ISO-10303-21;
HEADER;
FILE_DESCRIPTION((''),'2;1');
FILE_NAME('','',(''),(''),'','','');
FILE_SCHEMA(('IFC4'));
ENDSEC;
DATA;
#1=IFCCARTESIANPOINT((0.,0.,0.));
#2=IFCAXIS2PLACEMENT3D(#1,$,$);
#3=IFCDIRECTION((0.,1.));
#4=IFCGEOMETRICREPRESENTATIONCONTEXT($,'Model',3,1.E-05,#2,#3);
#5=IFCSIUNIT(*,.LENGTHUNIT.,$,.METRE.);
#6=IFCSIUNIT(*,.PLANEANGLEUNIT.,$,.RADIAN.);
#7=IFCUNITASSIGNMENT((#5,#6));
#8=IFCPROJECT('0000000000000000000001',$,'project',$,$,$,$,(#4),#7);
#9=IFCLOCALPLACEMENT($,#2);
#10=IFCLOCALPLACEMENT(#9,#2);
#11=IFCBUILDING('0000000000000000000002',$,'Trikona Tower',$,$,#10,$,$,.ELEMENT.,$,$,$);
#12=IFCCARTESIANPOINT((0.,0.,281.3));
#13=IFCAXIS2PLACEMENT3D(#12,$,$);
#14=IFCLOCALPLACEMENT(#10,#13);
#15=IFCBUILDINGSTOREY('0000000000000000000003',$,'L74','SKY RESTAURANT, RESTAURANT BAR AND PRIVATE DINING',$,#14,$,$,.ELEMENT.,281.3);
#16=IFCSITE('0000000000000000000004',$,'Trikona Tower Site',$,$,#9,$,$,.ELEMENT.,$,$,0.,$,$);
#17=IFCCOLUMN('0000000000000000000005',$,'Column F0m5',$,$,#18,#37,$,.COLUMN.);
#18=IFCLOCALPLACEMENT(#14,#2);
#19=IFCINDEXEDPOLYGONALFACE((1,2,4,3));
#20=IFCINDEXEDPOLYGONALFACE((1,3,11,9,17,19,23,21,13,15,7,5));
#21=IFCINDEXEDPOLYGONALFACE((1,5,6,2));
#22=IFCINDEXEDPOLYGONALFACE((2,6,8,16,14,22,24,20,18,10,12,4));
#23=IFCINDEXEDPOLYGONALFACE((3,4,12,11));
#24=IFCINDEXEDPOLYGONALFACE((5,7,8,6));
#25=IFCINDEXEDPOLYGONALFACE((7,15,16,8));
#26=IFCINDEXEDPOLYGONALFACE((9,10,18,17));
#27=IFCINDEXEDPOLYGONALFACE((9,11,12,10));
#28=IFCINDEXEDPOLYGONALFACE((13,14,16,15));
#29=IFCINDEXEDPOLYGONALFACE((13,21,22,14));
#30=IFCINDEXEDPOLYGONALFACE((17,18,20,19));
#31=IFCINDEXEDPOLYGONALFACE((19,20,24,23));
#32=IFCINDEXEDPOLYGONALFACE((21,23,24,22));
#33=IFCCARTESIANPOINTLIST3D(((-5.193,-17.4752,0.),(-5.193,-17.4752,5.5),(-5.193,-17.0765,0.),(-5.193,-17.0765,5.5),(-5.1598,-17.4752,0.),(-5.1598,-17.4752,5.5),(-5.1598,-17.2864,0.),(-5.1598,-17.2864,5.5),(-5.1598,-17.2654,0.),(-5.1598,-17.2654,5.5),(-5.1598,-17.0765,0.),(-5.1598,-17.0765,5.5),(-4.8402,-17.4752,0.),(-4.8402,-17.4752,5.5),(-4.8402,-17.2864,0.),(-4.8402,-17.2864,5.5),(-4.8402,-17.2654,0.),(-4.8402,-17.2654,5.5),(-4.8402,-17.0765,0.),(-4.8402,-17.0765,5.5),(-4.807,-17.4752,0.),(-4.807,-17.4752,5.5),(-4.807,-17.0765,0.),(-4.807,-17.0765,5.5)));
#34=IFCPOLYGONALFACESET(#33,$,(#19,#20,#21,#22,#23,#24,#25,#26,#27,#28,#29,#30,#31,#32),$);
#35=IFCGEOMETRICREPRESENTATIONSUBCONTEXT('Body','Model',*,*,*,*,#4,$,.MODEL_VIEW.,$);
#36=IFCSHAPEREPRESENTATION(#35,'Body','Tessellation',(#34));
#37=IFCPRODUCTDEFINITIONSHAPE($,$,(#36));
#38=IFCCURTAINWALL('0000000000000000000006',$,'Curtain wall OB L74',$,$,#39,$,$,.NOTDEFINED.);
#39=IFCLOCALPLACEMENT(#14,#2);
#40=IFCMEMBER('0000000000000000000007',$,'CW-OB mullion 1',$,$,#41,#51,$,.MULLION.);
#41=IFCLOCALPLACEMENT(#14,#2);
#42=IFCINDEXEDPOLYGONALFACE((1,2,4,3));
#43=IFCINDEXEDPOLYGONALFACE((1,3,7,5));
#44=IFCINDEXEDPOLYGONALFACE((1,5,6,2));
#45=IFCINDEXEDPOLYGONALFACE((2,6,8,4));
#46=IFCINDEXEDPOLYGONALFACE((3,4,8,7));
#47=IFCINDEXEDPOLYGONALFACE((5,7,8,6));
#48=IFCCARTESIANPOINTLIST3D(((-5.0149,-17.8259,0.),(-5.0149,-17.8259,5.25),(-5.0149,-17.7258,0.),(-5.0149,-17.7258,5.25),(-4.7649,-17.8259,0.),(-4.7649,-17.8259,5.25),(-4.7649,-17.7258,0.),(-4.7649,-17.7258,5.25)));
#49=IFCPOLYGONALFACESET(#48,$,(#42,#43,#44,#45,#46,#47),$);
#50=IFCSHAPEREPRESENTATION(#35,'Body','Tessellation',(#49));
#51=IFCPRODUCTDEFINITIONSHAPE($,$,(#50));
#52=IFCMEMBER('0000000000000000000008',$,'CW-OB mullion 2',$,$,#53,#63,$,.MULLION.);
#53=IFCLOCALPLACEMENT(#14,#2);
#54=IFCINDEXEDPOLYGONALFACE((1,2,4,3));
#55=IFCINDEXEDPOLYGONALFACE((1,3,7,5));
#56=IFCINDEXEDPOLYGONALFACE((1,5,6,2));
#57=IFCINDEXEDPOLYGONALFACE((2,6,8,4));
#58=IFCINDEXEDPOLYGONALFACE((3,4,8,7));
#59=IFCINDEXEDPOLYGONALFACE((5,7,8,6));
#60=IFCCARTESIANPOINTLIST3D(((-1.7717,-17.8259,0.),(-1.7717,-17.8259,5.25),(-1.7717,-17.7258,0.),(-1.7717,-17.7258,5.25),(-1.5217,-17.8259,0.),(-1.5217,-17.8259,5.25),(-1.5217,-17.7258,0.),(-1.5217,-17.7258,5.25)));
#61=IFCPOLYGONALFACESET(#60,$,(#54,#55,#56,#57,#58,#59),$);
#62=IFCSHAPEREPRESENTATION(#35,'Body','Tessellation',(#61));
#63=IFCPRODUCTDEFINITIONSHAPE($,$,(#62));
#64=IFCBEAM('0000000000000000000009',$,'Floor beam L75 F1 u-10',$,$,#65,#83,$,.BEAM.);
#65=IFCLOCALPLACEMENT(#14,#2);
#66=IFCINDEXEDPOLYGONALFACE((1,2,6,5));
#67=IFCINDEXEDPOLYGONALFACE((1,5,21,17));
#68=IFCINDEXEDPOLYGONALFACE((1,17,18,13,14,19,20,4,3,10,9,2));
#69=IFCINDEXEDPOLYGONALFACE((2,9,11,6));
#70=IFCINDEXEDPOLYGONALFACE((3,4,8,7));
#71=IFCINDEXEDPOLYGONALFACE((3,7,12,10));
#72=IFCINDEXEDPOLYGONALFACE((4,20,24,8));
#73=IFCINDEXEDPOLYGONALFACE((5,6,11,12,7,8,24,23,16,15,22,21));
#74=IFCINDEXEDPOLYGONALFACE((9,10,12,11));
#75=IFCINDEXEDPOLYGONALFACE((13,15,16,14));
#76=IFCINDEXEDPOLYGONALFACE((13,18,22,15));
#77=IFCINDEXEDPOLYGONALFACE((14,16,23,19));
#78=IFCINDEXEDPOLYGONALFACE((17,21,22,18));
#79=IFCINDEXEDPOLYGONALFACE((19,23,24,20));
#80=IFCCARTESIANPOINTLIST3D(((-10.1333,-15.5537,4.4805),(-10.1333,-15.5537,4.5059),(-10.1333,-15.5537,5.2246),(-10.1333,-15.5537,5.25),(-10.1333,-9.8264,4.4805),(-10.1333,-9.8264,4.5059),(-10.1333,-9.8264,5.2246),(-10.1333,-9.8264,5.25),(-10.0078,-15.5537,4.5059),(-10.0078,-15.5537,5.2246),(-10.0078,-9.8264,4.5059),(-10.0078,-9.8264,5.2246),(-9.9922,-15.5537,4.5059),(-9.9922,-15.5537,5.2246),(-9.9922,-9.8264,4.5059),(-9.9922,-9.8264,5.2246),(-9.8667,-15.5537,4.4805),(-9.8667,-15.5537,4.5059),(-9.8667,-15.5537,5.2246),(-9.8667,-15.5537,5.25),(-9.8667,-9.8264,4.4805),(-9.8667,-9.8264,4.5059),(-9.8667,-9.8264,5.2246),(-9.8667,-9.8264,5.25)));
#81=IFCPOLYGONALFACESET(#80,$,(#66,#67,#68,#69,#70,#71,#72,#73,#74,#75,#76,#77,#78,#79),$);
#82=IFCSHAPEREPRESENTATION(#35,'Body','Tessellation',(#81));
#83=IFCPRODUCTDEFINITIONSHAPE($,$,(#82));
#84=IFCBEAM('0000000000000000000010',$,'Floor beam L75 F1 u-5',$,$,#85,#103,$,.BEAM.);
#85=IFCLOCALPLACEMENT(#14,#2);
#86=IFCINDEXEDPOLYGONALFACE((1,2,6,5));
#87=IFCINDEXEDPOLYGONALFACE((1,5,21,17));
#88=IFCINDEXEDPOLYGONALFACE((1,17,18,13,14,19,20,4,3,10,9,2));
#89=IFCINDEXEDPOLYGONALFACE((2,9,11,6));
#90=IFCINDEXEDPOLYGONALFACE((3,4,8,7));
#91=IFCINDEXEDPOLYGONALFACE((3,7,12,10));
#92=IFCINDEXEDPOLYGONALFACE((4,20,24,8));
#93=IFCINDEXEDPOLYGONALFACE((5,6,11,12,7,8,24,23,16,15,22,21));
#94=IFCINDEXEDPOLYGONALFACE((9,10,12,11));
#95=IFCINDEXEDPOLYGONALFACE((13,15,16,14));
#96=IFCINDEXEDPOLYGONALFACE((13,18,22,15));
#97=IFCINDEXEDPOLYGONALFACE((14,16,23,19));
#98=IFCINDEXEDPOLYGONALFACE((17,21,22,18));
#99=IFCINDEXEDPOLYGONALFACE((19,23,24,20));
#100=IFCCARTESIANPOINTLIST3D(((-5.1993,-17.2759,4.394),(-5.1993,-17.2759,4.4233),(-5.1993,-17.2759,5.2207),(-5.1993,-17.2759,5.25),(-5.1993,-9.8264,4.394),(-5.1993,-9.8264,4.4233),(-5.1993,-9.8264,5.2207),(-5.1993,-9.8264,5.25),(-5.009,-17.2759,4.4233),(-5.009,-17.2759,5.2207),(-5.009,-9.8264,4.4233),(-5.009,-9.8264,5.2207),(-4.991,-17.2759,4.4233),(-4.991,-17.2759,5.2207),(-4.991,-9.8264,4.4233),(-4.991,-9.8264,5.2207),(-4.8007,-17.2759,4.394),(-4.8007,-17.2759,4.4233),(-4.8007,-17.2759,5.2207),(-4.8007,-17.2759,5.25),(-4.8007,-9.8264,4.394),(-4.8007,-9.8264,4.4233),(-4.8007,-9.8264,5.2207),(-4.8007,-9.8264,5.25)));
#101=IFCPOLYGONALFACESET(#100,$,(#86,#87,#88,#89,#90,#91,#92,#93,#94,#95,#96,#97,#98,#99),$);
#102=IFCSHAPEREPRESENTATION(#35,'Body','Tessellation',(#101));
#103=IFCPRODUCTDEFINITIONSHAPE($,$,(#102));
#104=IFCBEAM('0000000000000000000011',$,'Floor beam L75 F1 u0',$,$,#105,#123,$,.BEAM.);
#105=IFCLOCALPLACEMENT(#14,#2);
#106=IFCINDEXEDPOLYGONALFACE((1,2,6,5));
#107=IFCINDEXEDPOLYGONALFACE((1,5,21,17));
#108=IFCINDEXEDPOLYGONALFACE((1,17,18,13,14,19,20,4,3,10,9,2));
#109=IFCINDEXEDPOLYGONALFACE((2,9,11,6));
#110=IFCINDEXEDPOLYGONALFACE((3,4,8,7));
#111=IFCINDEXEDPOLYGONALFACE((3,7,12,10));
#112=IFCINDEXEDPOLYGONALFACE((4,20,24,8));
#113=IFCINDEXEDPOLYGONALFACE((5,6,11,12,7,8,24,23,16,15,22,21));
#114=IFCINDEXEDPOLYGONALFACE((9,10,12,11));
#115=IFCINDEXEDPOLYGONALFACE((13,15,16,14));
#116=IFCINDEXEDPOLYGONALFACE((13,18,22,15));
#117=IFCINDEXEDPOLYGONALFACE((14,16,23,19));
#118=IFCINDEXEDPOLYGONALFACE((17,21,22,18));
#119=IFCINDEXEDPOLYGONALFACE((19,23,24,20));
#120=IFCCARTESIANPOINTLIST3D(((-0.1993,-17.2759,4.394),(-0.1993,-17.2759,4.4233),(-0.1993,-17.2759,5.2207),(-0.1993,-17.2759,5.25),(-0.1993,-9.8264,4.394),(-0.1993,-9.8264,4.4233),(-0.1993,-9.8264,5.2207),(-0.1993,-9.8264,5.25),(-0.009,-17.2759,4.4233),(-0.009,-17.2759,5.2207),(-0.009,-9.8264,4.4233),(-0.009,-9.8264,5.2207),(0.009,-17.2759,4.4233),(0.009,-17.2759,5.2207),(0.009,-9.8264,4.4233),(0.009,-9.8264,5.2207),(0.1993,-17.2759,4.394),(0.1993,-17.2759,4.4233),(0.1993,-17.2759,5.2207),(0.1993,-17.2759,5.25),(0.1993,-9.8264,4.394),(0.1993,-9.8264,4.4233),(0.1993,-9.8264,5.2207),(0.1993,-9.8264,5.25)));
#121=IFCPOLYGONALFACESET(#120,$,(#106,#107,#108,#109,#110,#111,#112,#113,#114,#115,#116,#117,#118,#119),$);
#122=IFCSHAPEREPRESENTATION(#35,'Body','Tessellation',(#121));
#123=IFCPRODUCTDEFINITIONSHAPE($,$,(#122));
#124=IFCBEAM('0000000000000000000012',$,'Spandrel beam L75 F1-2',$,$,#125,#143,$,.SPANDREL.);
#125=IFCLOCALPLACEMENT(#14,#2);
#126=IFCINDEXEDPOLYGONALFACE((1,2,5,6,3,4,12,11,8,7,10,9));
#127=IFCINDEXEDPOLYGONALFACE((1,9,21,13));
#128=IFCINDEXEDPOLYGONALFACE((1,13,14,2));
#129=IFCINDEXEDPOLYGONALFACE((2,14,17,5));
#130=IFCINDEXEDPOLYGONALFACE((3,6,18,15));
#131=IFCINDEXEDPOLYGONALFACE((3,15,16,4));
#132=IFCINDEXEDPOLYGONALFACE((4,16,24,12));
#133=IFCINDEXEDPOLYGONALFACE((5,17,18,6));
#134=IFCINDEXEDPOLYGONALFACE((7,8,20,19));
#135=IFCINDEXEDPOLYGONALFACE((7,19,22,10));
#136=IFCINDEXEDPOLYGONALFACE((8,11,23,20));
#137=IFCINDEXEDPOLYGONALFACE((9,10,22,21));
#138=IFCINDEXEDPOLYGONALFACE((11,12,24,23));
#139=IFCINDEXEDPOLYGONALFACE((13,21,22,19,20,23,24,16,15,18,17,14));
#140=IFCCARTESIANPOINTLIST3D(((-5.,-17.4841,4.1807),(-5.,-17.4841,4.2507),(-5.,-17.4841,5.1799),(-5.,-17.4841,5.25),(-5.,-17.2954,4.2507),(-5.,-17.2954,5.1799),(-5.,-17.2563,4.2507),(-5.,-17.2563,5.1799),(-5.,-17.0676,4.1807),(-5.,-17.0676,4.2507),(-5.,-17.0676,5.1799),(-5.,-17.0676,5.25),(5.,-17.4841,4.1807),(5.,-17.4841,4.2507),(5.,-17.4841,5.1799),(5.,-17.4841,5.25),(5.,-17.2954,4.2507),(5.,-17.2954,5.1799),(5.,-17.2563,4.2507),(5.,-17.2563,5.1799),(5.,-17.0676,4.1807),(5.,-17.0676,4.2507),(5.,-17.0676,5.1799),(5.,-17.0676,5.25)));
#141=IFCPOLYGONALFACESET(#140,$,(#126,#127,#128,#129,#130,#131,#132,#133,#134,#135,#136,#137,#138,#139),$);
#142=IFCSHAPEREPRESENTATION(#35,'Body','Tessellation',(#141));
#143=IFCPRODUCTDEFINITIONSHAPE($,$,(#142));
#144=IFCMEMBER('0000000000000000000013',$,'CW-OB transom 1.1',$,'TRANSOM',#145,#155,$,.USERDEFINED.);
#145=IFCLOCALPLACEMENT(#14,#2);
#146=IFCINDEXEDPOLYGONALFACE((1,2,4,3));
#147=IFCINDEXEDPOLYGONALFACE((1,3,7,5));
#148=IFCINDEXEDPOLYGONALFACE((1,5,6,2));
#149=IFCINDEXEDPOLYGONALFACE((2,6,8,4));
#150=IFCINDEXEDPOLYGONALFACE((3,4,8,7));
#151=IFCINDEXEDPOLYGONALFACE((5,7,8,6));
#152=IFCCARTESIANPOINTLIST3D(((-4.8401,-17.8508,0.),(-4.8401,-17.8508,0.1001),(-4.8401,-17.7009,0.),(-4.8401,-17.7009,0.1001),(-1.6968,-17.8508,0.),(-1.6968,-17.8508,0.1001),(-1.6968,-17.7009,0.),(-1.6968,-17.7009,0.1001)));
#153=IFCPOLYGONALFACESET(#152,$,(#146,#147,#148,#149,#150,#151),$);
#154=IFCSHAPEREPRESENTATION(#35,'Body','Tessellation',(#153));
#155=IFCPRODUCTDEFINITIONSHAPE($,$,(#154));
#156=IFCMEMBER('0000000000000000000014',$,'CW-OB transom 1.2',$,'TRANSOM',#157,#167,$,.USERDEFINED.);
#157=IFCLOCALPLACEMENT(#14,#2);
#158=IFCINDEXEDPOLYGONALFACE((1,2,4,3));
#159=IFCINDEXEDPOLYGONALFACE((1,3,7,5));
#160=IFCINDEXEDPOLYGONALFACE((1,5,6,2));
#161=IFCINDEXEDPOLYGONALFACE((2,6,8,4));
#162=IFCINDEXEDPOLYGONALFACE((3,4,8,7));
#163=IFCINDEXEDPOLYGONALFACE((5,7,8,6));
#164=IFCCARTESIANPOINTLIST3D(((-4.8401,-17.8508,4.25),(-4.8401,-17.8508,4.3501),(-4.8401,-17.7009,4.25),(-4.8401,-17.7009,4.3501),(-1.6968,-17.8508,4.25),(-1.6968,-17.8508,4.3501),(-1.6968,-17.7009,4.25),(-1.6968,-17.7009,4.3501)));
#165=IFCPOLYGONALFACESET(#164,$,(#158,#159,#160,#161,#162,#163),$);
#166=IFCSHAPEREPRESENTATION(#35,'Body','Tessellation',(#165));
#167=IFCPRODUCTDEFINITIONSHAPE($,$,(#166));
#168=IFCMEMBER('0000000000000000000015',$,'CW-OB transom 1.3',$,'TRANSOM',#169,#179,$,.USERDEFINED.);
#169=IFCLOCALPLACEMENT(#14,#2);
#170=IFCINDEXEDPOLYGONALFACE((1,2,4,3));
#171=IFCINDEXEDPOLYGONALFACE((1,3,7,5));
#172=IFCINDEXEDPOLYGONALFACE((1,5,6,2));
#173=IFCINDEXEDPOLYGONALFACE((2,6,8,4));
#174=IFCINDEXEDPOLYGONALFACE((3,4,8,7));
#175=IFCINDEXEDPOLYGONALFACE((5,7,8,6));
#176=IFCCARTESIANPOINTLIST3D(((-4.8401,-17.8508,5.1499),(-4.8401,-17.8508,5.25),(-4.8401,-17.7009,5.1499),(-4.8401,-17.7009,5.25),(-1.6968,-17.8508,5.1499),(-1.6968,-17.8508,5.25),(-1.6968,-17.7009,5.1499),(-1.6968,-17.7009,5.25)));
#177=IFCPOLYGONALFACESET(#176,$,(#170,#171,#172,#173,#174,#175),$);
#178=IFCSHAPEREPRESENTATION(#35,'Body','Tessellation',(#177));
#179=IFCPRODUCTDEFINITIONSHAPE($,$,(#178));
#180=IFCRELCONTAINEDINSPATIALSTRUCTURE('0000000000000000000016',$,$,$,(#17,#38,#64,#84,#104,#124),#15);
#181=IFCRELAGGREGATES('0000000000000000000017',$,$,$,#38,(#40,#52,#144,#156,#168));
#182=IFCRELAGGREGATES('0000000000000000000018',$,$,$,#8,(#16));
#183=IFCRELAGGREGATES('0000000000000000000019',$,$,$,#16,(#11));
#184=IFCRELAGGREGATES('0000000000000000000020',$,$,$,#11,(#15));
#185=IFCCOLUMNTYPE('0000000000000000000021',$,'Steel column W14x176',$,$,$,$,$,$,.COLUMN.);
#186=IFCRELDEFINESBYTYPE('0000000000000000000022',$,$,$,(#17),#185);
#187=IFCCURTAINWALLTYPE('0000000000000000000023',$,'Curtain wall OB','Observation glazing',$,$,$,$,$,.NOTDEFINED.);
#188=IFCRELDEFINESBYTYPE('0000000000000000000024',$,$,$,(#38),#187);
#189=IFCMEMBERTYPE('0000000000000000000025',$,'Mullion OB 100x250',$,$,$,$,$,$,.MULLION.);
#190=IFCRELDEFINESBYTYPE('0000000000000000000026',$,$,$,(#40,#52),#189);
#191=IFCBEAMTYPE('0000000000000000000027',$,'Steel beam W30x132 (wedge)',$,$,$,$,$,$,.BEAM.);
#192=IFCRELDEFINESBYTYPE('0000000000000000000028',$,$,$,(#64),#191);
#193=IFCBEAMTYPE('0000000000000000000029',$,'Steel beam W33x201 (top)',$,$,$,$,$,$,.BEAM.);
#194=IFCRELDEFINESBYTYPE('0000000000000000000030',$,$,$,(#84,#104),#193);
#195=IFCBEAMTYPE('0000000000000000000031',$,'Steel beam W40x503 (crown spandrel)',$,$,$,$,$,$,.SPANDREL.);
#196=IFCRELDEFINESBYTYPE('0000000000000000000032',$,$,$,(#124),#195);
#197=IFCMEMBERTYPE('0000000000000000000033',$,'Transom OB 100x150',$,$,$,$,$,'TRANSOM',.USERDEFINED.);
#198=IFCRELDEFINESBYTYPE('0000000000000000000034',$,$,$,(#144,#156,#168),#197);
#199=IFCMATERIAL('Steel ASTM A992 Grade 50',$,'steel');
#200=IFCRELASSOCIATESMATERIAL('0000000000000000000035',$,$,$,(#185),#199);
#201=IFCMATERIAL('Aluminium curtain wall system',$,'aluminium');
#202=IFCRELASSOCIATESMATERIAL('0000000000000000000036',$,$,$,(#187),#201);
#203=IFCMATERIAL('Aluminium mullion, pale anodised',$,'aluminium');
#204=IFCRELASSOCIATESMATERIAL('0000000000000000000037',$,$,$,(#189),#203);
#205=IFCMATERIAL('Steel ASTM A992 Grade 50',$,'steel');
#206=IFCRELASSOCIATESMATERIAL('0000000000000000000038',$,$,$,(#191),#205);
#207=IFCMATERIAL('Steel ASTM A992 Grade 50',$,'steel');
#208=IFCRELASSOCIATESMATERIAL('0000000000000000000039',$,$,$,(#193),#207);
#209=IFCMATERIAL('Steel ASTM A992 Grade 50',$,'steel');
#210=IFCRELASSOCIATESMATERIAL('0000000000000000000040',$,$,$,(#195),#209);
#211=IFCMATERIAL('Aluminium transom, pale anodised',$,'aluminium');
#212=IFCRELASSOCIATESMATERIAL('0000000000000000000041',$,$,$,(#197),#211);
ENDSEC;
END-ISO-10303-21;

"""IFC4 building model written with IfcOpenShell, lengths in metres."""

from ifc_helpers import new_model, si_unit, direction, frame, origin, origin_2d, place, context, subcontext, project, spatial, rectangle, i_section, extrude, material, material_profile, profile_set, type_object, element, aggregate, save


model = new_model("IFC4")

# Units and contexts
model_context = context("Model", 3, precision=1e-05, world=origin(), true_north=direction((0.0, 1.0)))
body_context = subcontext(model_context, "Body", "Model", "MODEL_VIEW")
ifc_project = project(units=[si_unit("LENGTHUNIT", "METRE"), si_unit("PLANEANGLEUNIT", "RADIAN")], contexts=[model_context])

# Site, building, storey
site_placement = place(None, origin())
site = spatial("IfcSite", under=ifc_project, at=site_placement, Name="Trikona Tower Site", CompositionType="ELEMENT", RefElevation=0.0)
building_placement = place(site_placement, origin())
building = spatial("IfcBuilding", under=site, at=building_placement, Name="Trikona Tower", CompositionType="ELEMENT")
storey_placement = place(building_placement, frame((0.0, 0.0, 281.3)))
storey = spatial("IfcBuildingStorey", under=building, at=storey_placement, Name="L74", Description="SKY RESTAURANT, RESTAURANT BAR AND PRIVATE DINING", CompositionType="ELEMENT", Elevation=281.3)

# Column
ifc_material_1 = material(Name="Steel ASTM A992 Grade 50", Category="steel")
ifc_material_profile_1 = material_profile(ifc_material_1, i_section(OverallWidth=0.3987, OverallDepth=0.386, WebThickness=0.021, FlangeThickness=0.0332, at=origin_2d()), Name="W14X176")
ifc_profile_set_1 = profile_set([ifc_material_profile_1], Name="Steel ASTM A992 Grade 50")
column_type = type_object("IfcColumnType", Name="Steel column W14x176", PredefinedType="COLUMN", material=ifc_profile_set_1)
column_placement = place(storey_placement, frame((-5.0, -17.2759, 0.0), z_axis=(0.0, 0.0, 1.0), x_axis=(0.0, -1.0, 0.0)))
element("IfcColumn", 1, at=column_placement, inside=storey, type_object=column_type, Name="Column F0m5", PredefinedType="COLUMN", context=body_context, shape_type="SweptSolid", body=[
    extrude(i_section(OverallWidth=0.3987, OverallDepth=0.386, WebThickness=0.021, FlangeThickness=0.0332, at=origin_2d()), origin(), (0.0, 0.0, 1.0), 5.5),
])

# Curtain wall, members
ifc_material_2 = material(Name="Aluminium curtain wall system", Category="aluminium")
curtain_wall_type = type_object("IfcCurtainWallType", Name="Curtain wall OB", Description="Observation glazing", PredefinedType="NOTDEFINED", material=ifc_material_2)
curtain_wall_placement = place(storey_placement, origin())
curtain_wall = element("IfcCurtainWall", 2, at=curtain_wall_placement, inside=storey, type_object=curtain_wall_type, Name="Curtain wall OB L74", PredefinedType="NOTDEFINED")
ifc_material_3 = material(Name="Aluminium mullion, pale anodised", Category="aluminium")
ifc_material_profile_2 = material_profile(ifc_material_3, rectangle(XDim=0.1001, YDim=0.25, at=origin_2d()), Name="MUL-OB")
ifc_profile_set_2 = profile_set([ifc_material_profile_2], Name="Aluminium mullion, pale anodised")
member_type_1 = type_object("IfcMemberType", Name="Mullion OB 100x250", PredefinedType="MULLION", material=ifc_profile_set_2)
member_1_placement = place(storey_placement, frame((-4.8899, -17.7759, 0.0), z_axis=(0.0, 0.0, 1.0), x_axis=(0.0, 1.0, 0.0)))
member_1 = element("IfcMember", 3, at=member_1_placement, type_object=member_type_1, Name="CW-OB mullion 1", PredefinedType="MULLION", context=body_context, shape_type="SweptSolid", body=[
    extrude(rectangle(XDim=0.1001, YDim=0.25, at=origin_2d()), origin(), (0.0, 0.0, 1.0), 5.25),
])
member_2_placement = place(storey_placement, frame((-1.6467, -17.7759, 0.0), z_axis=(0.0, 0.0, 1.0), x_axis=(0.0, 1.0, 0.0)))
member_2 = element("IfcMember", 4, at=member_2_placement, type_object=member_type_1, Name="CW-OB mullion 2", PredefinedType="MULLION", context=body_context, shape_type="SweptSolid", body=[
    extrude(rectangle(XDim=0.1001, YDim=0.25, at=origin_2d()), origin(), (0.0, 0.0, 1.0), 5.25),
])

# Beams
ifc_material_4 = material(Name="Steel ASTM A992 Grade 50", Category="steel")
ifc_material_profile_3 = material_profile(ifc_material_4, i_section(OverallWidth=0.2666, OverallDepth=0.7695, WebThickness=0.0156, FlangeThickness=0.0254, at=origin_2d()), Name="W30X132")
ifc_profile_set_3 = profile_set([ifc_material_profile_3], Name="Steel ASTM A992 Grade 50")
beam_type_1 = type_object("IfcBeamType", Name="Steel beam W30x132 (wedge)", PredefinedType="BEAM", material=ifc_profile_set_3)
beam_1_placement = place(storey_placement, frame((-10.0, -9.8264, 4.8652), z_axis=(0.0, -1.0, 0.0), x_axis=(1.0, 0.0, 0.0)))
element("IfcBeam", 5, at=beam_1_placement, inside=storey, type_object=beam_type_1, Name="Floor beam L75 F1 u-10", PredefinedType="BEAM", context=body_context, shape_type="SweptSolid", body=[
    extrude(i_section(OverallWidth=0.2666, OverallDepth=0.7695, WebThickness=0.0156, FlangeThickness=0.0254, at=origin_2d()), origin(), (0.0, 0.0, 1.0), 5.7273),
])
ifc_material_5 = material(Name="Steel ASTM A992 Grade 50", Category="steel")
ifc_material_profile_4 = material_profile(ifc_material_5, i_section(OverallWidth=0.3987, OverallDepth=0.856, WebThickness=0.0181, FlangeThickness=0.0293, at=origin_2d()), Name="W33X201")
ifc_profile_set_4 = profile_set([ifc_material_profile_4], Name="Steel ASTM A992 Grade 50")
beam_type_2 = type_object("IfcBeamType", Name="Steel beam W33x201 (top)", PredefinedType="BEAM", material=ifc_profile_set_4)
for number, where, z_axis, x_axis, name in (
    (6, (-5.0, -9.8264, 4.822), (0.0, -1.0, 0.0), (1.0, 0.0, 0.0), "Floor beam L75 F1 u-5"),
    (7, (0.0, -9.8264, 4.822), (0.0, -1.0, 0.0), (1.0, 0.0, 0.0), "Floor beam L75 F1 u0"),
):
    element("IfcBeam", number, at=place(storey_placement, frame(where, z_axis=z_axis, x_axis=x_axis)), inside=storey, type_object=beam_type_2, Name=name, PredefinedType="BEAM", context=body_context, shape_type="SweptSolid", body=[
        extrude(i_section(OverallWidth=0.3987, OverallDepth=0.856, WebThickness=0.0181, FlangeThickness=0.0293, at=origin_2d()), origin(), (0.0, 0.0, 1.0), 7.4495),
    ])
ifc_material_6 = material(Name="Steel ASTM A992 Grade 50", Category="steel")
ifc_material_profile_5 = material_profile(ifc_material_6, i_section(OverallWidth=0.4165, OverallDepth=1.0693, WebThickness=0.0391, FlangeThickness=0.0701, at=origin_2d()), Name="W40X503")
ifc_profile_set_5 = profile_set([ifc_material_profile_5], Name="Steel ASTM A992 Grade 50")
beam_type_3 = type_object("IfcBeamType", Name="Steel beam W40x503 (crown spandrel)", PredefinedType="SPANDREL", material=ifc_profile_set_5)
beam_2_placement = place(storey_placement, frame((-5.0, -17.2759, 4.7153), z_axis=(1.0, 0.0, 0.0), x_axis=(0.0, 1.0, 0.0)))
element("IfcBeam", 8, at=beam_2_placement, inside=storey, type_object=beam_type_3, Name="Spandrel beam L75 F1-2", PredefinedType="SPANDREL", context=body_context, shape_type="SweptSolid", body=[
    extrude(i_section(OverallWidth=0.4165, OverallDepth=1.0693, WebThickness=0.0391, FlangeThickness=0.0701, at=origin_2d()), origin(), (0.0, 0.0, 1.0), 10.0),
])

# Members
ifc_material_7 = material(Name="Aluminium transom, pale anodised", Category="aluminium")
ifc_material_profile_6 = material_profile(ifc_material_7, rectangle(XDim=0.1499, YDim=0.1001, at=origin_2d()), Name="TRN-OB")
ifc_profile_set_6 = profile_set([ifc_material_profile_6], Name="Aluminium transom, pale anodised")
member_type_2 = type_object("IfcMemberType", Name="Transom OB 100x150", ElementType="TRANSOM", PredefinedType="USERDEFINED", material=ifc_profile_set_6)
member_3_placement = place(storey_placement, frame((-4.8401, -17.7759, 0.05), z_axis=(1.0, 0.0, 0.0), x_axis=(0.0, 1.0, 0.0)))
member_3 = element("IfcMember", 9, at=member_3_placement, type_object=member_type_2, Name="CW-OB transom 1.1", ObjectType="TRANSOM", PredefinedType="USERDEFINED", context=body_context, shape_type="SweptSolid", body=[
    extrude(rectangle(XDim=0.1499, YDim=0.1001, at=origin_2d()), origin(), (0.0, 0.0, 1.0), 3.1433),
])
member_4_placement = place(storey_placement, frame((-4.8401, -17.7759, 4.3), z_axis=(1.0, 0.0, 0.0), x_axis=(0.0, 1.0, 0.0)))
member_4 = element("IfcMember", 10, at=member_4_placement, type_object=member_type_2, Name="CW-OB transom 1.2", ObjectType="TRANSOM", PredefinedType="USERDEFINED", context=body_context, shape_type="SweptSolid", body=[
    extrude(rectangle(XDim=0.1499, YDim=0.1001, at=origin_2d()), origin(), (0.0, 0.0, 1.0), 3.1433),
])
member_5_placement = place(storey_placement, frame((-4.8401, -17.7759, 5.2), z_axis=(1.0, 0.0, 0.0), x_axis=(0.0, 1.0, 0.0)))
member_5 = element("IfcMember", 11, at=member_5_placement, type_object=member_type_2, Name="CW-OB transom 1.3", ObjectType="TRANSOM", PredefinedType="USERDEFINED", context=body_context, shape_type="SweptSolid", body=[
    extrude(rectangle(XDim=0.1499, YDim=0.1001, at=origin_2d()), origin(), (0.0, 0.0, 1.0), 3.1433),
])

aggregate(curtain_wall, [member_1, member_2, member_3, member_4, member_5])

save(model, "model.ifc")
